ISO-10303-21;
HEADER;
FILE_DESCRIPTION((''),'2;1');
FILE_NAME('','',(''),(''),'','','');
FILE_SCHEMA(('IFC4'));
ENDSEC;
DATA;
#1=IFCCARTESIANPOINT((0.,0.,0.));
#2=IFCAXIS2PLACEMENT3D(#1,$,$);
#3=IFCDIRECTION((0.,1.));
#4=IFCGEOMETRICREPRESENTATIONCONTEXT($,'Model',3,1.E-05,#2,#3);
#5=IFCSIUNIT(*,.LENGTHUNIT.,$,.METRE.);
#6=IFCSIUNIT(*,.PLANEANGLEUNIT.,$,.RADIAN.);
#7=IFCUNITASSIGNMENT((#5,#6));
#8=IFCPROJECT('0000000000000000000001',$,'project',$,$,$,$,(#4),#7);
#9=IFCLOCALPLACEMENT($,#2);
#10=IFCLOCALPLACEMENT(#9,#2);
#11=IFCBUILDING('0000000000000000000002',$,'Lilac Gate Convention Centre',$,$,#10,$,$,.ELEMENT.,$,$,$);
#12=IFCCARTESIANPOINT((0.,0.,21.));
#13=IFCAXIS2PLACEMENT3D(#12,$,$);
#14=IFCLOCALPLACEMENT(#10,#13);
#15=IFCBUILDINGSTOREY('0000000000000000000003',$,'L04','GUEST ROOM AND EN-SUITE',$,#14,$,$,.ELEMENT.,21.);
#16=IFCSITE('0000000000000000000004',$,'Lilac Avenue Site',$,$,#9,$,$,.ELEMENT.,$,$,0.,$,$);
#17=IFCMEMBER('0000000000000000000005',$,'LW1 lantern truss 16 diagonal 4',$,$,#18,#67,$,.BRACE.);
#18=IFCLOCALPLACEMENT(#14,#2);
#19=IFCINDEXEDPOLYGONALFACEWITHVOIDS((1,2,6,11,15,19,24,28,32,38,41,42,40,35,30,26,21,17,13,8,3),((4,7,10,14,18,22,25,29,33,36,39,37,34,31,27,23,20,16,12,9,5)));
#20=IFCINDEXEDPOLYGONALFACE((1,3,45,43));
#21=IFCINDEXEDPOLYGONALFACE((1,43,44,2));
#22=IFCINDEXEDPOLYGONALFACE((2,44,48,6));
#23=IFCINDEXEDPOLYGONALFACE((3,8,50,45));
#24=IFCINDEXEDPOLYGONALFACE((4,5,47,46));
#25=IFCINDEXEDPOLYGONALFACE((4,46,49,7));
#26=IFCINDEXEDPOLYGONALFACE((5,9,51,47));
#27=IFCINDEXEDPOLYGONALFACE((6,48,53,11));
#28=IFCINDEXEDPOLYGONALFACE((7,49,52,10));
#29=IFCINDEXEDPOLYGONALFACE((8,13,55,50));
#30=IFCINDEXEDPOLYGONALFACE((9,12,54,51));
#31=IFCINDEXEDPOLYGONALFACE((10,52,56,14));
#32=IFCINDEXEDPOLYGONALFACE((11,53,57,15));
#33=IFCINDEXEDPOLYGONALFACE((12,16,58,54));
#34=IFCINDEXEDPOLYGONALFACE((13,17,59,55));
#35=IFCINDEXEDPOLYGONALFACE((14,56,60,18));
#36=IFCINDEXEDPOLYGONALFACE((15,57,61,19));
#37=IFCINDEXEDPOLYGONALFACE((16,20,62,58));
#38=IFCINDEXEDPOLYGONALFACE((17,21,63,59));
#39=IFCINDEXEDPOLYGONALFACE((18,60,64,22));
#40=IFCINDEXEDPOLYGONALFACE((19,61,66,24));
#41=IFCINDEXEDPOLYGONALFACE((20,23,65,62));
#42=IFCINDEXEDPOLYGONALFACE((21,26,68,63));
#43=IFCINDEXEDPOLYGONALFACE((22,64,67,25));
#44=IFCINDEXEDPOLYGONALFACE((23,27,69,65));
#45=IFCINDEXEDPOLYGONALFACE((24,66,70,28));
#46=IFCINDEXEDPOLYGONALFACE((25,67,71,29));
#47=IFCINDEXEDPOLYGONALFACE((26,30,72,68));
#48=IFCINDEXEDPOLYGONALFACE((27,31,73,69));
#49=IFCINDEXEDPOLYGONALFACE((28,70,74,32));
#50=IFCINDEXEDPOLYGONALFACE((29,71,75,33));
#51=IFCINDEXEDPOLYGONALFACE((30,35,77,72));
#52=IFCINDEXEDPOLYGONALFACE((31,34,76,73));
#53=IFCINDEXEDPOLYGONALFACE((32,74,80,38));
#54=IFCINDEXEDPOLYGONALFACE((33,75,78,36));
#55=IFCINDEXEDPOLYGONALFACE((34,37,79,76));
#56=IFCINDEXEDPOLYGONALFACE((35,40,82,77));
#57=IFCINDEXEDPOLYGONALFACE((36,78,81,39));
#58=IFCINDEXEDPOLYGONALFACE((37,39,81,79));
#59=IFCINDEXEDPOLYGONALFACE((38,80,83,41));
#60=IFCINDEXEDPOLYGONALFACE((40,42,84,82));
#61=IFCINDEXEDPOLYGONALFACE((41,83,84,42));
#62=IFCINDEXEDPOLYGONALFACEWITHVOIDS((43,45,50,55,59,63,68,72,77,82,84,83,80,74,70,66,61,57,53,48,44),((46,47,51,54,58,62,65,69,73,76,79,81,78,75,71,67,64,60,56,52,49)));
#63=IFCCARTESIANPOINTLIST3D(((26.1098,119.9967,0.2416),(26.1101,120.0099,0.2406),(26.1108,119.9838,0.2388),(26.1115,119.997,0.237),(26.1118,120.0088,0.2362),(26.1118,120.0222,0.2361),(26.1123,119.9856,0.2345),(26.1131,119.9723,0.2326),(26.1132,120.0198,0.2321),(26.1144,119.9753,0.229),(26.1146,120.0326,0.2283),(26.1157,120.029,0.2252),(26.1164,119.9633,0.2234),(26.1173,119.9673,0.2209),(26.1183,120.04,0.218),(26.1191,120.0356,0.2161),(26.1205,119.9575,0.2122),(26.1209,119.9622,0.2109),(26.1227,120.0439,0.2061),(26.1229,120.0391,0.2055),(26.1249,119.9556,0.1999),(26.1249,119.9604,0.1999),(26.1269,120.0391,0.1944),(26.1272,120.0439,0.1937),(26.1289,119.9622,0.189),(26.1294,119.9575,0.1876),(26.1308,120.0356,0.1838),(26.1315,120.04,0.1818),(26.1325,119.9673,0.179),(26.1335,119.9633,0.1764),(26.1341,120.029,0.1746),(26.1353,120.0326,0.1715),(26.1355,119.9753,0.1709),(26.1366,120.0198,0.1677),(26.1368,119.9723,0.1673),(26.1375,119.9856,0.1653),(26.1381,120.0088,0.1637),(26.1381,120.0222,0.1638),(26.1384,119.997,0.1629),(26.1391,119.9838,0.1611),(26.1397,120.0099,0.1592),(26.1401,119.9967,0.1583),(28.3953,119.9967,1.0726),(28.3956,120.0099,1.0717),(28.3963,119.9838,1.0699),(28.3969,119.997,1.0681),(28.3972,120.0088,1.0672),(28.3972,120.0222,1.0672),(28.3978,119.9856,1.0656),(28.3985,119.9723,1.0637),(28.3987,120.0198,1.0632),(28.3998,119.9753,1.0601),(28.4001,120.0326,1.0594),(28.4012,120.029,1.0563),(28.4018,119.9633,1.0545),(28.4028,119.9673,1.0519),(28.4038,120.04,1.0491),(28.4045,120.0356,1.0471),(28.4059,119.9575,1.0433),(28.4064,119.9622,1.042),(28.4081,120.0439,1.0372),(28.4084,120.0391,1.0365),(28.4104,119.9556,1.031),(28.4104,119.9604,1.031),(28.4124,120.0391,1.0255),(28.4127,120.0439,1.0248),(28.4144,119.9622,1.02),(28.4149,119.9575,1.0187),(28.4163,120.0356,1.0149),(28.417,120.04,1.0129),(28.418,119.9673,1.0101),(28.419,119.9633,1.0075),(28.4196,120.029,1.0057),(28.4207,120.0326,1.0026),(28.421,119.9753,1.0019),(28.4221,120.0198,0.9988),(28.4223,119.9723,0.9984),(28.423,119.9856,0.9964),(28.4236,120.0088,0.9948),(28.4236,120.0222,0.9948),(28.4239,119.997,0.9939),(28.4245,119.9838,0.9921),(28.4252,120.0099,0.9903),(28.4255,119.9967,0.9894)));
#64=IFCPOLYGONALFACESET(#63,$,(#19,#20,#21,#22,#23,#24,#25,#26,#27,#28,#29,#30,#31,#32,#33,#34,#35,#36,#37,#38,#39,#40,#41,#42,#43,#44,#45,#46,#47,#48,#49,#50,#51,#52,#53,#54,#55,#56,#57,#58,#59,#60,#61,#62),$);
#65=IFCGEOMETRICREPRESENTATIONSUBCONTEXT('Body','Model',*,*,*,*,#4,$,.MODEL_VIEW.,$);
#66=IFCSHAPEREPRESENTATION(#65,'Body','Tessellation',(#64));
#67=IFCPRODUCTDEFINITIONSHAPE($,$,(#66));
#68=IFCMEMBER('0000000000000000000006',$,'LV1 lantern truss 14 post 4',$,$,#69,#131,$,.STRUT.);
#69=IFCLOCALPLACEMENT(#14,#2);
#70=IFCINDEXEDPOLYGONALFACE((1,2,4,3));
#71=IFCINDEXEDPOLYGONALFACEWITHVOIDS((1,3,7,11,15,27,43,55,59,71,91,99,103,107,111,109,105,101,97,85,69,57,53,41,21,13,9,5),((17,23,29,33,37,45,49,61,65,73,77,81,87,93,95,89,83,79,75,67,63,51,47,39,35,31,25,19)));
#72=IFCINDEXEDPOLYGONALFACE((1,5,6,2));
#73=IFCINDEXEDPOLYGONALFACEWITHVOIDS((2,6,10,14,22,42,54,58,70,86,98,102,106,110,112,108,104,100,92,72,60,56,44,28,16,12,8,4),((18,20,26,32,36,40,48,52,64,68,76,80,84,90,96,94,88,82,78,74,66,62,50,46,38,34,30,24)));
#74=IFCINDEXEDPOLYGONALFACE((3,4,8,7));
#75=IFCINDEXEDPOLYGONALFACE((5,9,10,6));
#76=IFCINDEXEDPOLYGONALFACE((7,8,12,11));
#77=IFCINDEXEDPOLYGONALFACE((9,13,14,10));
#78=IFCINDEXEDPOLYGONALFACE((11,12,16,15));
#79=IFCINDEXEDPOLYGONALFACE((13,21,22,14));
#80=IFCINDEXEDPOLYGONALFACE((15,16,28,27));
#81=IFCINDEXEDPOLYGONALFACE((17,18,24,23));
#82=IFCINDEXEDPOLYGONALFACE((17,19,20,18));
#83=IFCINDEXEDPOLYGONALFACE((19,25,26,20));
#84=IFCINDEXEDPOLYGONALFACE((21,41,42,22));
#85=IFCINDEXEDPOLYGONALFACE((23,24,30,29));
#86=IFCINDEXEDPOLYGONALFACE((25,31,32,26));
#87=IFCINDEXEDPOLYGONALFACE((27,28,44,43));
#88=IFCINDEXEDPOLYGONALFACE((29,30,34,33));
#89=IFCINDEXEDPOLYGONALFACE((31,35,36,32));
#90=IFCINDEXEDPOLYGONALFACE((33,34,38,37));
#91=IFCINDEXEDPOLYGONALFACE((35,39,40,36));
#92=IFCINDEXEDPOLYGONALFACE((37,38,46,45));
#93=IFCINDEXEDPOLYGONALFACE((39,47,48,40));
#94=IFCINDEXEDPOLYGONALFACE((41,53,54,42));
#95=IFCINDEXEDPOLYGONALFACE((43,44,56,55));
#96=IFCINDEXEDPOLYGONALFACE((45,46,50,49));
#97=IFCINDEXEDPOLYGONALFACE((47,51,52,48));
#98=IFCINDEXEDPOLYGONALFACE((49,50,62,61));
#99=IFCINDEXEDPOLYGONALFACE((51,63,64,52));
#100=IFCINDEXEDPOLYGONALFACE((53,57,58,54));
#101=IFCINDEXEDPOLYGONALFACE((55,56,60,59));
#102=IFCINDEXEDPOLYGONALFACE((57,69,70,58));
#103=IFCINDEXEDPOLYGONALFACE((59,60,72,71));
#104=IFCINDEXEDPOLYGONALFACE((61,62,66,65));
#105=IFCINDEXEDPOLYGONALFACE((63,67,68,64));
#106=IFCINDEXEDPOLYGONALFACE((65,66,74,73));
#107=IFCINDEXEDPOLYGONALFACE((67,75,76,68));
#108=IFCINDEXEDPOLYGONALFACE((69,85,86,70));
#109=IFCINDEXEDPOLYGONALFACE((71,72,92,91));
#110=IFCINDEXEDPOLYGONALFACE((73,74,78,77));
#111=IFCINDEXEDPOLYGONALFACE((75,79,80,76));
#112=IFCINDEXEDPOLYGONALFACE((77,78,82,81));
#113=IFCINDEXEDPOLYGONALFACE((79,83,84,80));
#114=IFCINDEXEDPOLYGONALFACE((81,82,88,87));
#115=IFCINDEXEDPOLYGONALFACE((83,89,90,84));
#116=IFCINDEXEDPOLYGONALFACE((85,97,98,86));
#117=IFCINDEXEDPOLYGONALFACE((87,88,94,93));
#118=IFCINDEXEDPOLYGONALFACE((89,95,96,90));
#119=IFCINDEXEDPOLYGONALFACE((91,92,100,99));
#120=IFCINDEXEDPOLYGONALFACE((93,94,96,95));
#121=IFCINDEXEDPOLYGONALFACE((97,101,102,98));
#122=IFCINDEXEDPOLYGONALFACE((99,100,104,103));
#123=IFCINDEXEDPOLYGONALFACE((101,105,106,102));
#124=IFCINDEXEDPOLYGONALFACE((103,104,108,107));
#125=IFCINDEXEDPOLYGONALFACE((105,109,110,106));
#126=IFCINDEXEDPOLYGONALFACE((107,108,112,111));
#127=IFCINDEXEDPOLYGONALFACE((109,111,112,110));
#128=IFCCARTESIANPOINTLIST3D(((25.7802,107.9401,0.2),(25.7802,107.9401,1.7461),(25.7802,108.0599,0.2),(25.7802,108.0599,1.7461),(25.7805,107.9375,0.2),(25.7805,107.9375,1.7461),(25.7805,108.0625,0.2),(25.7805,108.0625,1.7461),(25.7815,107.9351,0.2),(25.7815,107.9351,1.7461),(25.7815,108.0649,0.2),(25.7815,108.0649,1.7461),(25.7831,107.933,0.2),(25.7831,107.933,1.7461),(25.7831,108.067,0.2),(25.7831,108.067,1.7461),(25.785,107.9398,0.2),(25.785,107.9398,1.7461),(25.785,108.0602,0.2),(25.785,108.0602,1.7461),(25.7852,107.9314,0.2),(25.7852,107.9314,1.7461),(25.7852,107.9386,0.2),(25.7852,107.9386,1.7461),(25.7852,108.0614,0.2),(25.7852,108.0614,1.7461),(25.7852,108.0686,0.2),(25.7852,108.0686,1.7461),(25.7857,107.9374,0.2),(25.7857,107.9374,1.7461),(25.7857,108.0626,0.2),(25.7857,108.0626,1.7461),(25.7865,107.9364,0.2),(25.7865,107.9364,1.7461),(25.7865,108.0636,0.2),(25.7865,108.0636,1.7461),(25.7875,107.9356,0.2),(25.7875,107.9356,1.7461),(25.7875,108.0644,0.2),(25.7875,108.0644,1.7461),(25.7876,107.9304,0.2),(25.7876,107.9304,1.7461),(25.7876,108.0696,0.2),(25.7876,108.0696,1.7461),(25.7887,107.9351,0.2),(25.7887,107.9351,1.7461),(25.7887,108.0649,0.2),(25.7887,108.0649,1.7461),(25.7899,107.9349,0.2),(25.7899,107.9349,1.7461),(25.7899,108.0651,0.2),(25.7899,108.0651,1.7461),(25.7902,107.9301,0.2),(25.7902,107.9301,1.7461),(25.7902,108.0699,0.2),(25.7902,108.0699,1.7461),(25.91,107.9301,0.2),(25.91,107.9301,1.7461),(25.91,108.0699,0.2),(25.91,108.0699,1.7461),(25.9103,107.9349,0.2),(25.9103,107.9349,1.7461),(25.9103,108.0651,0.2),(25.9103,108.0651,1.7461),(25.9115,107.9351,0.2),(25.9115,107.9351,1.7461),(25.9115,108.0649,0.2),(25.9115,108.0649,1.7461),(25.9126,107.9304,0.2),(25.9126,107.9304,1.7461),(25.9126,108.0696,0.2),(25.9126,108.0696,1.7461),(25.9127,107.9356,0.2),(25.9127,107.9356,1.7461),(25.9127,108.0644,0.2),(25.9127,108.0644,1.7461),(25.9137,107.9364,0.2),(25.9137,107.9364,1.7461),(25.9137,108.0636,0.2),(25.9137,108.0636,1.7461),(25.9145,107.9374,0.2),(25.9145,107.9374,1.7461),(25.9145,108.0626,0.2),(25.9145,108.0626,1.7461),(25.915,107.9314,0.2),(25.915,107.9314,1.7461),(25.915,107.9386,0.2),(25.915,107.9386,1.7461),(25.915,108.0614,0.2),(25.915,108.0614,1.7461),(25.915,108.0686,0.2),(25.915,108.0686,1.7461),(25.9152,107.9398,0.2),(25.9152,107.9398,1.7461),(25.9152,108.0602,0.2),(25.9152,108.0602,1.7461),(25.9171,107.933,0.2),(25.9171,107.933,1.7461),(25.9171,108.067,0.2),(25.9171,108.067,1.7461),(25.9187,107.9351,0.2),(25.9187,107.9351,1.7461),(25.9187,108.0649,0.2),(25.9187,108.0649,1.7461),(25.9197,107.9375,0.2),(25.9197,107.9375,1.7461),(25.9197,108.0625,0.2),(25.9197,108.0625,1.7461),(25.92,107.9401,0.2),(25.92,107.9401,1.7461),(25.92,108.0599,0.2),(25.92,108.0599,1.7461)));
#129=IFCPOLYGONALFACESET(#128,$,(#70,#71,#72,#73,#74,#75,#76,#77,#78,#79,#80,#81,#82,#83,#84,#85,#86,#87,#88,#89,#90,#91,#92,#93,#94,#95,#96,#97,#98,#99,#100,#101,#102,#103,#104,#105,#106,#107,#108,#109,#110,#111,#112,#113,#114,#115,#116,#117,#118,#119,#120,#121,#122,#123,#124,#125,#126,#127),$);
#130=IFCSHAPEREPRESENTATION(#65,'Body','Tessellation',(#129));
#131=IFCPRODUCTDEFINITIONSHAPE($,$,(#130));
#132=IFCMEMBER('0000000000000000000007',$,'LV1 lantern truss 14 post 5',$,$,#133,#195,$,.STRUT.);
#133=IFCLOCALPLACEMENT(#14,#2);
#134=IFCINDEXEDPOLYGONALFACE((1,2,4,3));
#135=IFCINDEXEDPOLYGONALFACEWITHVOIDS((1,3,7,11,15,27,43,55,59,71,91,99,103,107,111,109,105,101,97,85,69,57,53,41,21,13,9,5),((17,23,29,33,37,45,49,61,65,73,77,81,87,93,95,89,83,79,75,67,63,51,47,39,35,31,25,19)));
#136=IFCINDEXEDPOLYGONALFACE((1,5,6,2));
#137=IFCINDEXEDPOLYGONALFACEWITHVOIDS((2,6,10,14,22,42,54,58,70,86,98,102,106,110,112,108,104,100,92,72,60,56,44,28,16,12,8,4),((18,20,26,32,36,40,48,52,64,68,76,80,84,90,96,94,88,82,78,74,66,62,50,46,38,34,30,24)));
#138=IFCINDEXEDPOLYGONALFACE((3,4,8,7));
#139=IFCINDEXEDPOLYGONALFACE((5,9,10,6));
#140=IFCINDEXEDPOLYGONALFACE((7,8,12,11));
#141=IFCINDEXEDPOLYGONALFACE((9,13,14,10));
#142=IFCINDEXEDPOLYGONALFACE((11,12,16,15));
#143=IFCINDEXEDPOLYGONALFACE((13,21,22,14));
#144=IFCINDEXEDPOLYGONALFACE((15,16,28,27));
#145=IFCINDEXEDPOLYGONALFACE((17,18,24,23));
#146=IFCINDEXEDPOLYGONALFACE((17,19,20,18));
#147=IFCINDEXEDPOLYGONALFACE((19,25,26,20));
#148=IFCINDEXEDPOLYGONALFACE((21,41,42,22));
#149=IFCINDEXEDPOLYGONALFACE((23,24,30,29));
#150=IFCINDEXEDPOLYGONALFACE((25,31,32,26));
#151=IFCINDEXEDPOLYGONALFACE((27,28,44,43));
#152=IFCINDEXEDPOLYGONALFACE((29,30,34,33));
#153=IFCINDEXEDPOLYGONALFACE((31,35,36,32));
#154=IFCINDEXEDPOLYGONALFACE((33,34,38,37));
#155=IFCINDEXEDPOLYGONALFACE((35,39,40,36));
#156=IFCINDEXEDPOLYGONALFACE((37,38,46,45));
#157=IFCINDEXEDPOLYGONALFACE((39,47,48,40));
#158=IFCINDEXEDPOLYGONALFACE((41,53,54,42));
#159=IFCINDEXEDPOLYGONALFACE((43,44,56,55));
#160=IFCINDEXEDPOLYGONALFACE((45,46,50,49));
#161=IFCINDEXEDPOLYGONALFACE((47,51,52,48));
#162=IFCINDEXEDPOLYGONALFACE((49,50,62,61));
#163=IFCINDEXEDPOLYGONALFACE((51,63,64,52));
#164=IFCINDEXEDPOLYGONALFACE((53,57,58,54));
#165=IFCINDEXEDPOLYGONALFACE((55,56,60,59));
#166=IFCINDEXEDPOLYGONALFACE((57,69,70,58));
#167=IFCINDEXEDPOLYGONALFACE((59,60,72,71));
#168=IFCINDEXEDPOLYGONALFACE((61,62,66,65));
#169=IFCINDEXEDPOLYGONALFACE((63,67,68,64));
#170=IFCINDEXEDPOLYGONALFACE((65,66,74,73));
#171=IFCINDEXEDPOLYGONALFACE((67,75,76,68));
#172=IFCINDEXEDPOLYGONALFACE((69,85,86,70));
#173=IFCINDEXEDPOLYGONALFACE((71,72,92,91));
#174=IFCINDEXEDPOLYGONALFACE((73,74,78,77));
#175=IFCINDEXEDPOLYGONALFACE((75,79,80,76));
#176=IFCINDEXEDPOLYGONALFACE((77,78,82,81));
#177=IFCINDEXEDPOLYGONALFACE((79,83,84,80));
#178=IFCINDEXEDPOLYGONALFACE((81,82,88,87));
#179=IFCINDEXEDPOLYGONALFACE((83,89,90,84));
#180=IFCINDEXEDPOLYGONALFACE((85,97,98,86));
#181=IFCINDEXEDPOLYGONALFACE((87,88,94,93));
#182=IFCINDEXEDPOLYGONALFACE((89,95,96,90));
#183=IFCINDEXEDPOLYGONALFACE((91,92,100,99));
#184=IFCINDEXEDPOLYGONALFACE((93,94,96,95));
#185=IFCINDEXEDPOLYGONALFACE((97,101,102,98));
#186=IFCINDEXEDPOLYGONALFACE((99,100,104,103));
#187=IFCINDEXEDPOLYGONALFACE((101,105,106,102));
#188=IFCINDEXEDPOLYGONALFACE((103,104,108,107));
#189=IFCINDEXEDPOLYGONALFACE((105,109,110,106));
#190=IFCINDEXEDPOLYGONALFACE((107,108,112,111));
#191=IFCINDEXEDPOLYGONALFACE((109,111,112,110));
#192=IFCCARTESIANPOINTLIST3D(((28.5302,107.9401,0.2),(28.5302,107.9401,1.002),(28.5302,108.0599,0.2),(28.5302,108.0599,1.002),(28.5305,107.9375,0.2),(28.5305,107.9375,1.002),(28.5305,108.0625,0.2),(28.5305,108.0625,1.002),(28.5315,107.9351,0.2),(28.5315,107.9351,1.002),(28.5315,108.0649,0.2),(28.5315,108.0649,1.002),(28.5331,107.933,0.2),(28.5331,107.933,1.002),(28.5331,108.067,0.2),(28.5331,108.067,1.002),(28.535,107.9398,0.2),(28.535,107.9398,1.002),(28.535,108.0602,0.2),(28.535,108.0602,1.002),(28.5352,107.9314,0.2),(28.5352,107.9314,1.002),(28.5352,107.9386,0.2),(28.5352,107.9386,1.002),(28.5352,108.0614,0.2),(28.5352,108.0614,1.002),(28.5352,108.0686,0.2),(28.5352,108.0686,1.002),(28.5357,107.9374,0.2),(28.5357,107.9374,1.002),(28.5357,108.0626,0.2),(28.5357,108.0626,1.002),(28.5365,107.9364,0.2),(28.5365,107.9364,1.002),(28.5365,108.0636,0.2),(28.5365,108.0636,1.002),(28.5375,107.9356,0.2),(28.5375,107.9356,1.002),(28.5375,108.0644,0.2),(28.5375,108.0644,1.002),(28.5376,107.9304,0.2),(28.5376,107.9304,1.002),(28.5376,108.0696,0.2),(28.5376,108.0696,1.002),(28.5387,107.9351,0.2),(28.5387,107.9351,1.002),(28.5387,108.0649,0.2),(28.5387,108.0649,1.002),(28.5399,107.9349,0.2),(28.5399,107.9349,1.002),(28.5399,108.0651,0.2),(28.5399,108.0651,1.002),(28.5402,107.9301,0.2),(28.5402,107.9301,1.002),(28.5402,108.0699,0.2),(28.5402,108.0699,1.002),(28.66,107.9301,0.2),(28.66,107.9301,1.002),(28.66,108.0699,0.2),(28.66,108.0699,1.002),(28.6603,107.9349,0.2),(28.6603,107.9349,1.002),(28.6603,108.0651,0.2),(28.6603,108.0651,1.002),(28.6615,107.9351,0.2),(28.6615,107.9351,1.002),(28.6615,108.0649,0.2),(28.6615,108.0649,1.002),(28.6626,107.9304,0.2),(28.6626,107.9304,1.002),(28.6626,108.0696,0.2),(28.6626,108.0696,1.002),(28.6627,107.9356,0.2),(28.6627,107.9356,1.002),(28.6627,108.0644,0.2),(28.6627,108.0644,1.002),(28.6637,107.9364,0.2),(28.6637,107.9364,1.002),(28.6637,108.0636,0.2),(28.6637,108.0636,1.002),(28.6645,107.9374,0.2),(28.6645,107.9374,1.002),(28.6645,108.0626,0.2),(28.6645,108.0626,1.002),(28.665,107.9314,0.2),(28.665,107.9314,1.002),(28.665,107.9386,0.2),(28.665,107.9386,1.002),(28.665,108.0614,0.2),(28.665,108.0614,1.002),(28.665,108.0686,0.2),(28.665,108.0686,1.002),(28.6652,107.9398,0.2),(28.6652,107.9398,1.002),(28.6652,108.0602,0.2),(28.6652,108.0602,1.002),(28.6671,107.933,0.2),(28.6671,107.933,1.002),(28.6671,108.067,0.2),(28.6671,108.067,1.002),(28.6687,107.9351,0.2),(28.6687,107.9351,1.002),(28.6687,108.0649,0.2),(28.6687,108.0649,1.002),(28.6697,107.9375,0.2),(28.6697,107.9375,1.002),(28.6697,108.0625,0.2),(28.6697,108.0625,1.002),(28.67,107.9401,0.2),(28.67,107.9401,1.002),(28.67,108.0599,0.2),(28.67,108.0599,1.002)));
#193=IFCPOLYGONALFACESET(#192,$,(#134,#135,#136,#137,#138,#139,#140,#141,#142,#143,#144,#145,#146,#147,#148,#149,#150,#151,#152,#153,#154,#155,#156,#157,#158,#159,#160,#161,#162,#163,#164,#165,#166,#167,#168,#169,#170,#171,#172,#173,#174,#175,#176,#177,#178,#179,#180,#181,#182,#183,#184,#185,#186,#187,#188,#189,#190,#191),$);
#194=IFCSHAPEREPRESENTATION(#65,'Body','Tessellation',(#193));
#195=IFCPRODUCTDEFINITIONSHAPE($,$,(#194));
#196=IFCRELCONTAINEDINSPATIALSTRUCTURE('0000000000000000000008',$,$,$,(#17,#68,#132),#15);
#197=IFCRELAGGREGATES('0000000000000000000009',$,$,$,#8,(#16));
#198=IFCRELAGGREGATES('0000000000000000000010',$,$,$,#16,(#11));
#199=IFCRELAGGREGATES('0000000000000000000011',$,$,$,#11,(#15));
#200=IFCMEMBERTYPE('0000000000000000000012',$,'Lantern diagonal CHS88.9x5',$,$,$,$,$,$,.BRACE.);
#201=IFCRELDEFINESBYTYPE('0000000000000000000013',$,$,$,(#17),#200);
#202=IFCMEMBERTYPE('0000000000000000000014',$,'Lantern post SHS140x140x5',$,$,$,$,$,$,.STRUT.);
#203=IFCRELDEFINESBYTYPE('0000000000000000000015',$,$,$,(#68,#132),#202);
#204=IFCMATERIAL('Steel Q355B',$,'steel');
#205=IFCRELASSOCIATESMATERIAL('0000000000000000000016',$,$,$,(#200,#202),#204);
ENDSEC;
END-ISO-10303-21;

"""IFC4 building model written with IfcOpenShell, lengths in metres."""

from ifc_helpers import new_model, si_unit, direction, frame, origin, origin_2d, place, context, subcontext, project, spatial, hollow_rectangle, hollow_circle, extrude, material, material_profile, profile_set, type_object, element, save


model = new_model("IFC4")

# Units and contexts
model_context = context("Model", 3, precision=1e-05, world=origin(), true_north=direction((0.0, 1.0)))
body_context = subcontext(model_context, "Body", "Model", "MODEL_VIEW")
ifc_project = project(units=[si_unit("LENGTHUNIT", "METRE"), si_unit("PLANEANGLEUNIT", "RADIAN")], contexts=[model_context])

# Site, building, storey
site_placement = place(None, origin())
site = spatial("IfcSite", under=ifc_project, at=site_placement, Name="Lilac Avenue Site", CompositionType="ELEMENT", RefElevation=0.0)
building_placement = place(site_placement, origin())
building = spatial("IfcBuilding", under=site, at=building_placement, Name="Lilac Gate Convention Centre", CompositionType="ELEMENT")
storey_placement = place(building_placement, frame((0.0, 0.0, 21.0)))
storey = spatial("IfcBuildingStorey", under=building, at=storey_placement, Name="L04", Description="GUEST ROOM AND EN-SUITE", CompositionType="ELEMENT", Elevation=21.0)

# Members
ifc_material_1 = material(Name="Steel Q355B", Category="steel")
ifc_material_profile_1 = material_profile(ifc_material_1, hollow_circle(Radius=0.0444, WallThickness=0.0049, at=origin_2d()), Name="CHS88.9x5")
ifc_profile_set_1 = profile_set([ifc_material_profile_1], Name="Steel Q355B")
member_type_1 = type_object("IfcMemberType", Name="Lantern diagonal CHS88.9x5", PredefinedType="BRACE", material=ifc_profile_set_1)
member_1_placement = place(storey_placement, frame((28.4104, 120.0, 1.031), z_axis=(-0.939793, 0.0, -0.341743), x_axis=(0.0, -1.0, 0.0)))
element("IfcMember", 1, at=member_1_placement, inside=storey, type_object=member_type_1, Name="LW1 lantern truss 16 diagonal 4", PredefinedType="BRACE", context=body_context, shape_type="SweptSolid", body=[
    extrude(hollow_circle(Radius=0.0444, WallThickness=0.0049, at=origin_2d()), origin(), (0.0, 0.0, 1.0), 2.4319),
])
ifc_material_profile_2 = material_profile(ifc_material_1, hollow_rectangle(XDim=0.1399, YDim=0.1399, WallThickness=0.0049, InnerFilletRadius=0.0049, OuterFilletRadius=0.01, at=origin_2d()), Name="SHS140x140x5")
ifc_profile_set_2 = profile_set([ifc_material_profile_2], Name="Steel Q355B")
member_type_2 = type_object("IfcMemberType", Name="Lantern post SHS140x140x5", PredefinedType="STRUT", material=ifc_profile_set_2)
member_2_placement = place(storey_placement, frame((25.8501, 108.0, 0.2), z_axis=(0.0, 0.0, 1.0), x_axis=(1.0, 0.0, 0.0)))
element("IfcMember", 2, at=member_2_placement, inside=storey, type_object=member_type_2, Name="LV1 lantern truss 14 post 4", PredefinedType="STRUT", context=body_context, shape_type="SweptSolid", body=[
    extrude(hollow_rectangle(XDim=0.1399, YDim=0.1399, WallThickness=0.0049, InnerFilletRadius=0.0049, OuterFilletRadius=0.01, at=origin_2d()), origin(), (0.0, 0.0, 1.0), 1.5461),
])
member_3_placement = place(storey_placement, frame((28.6001, 108.0, 0.2), z_axis=(0.0, 0.0, 1.0), x_axis=(1.0, 0.0, 0.0)))
element("IfcMember", 3, at=member_3_placement, inside=storey, type_object=member_type_2, Name="LV1 lantern truss 14 post 5", PredefinedType="STRUT", context=body_context, shape_type="SweptSolid", body=[
    extrude(hollow_rectangle(XDim=0.1399, YDim=0.1399, WallThickness=0.0049, InnerFilletRadius=0.0049, OuterFilletRadius=0.01, at=origin_2d()), origin(), (0.0, 0.0, 1.0), 0.802),
])

save(model, "model.ifc")
